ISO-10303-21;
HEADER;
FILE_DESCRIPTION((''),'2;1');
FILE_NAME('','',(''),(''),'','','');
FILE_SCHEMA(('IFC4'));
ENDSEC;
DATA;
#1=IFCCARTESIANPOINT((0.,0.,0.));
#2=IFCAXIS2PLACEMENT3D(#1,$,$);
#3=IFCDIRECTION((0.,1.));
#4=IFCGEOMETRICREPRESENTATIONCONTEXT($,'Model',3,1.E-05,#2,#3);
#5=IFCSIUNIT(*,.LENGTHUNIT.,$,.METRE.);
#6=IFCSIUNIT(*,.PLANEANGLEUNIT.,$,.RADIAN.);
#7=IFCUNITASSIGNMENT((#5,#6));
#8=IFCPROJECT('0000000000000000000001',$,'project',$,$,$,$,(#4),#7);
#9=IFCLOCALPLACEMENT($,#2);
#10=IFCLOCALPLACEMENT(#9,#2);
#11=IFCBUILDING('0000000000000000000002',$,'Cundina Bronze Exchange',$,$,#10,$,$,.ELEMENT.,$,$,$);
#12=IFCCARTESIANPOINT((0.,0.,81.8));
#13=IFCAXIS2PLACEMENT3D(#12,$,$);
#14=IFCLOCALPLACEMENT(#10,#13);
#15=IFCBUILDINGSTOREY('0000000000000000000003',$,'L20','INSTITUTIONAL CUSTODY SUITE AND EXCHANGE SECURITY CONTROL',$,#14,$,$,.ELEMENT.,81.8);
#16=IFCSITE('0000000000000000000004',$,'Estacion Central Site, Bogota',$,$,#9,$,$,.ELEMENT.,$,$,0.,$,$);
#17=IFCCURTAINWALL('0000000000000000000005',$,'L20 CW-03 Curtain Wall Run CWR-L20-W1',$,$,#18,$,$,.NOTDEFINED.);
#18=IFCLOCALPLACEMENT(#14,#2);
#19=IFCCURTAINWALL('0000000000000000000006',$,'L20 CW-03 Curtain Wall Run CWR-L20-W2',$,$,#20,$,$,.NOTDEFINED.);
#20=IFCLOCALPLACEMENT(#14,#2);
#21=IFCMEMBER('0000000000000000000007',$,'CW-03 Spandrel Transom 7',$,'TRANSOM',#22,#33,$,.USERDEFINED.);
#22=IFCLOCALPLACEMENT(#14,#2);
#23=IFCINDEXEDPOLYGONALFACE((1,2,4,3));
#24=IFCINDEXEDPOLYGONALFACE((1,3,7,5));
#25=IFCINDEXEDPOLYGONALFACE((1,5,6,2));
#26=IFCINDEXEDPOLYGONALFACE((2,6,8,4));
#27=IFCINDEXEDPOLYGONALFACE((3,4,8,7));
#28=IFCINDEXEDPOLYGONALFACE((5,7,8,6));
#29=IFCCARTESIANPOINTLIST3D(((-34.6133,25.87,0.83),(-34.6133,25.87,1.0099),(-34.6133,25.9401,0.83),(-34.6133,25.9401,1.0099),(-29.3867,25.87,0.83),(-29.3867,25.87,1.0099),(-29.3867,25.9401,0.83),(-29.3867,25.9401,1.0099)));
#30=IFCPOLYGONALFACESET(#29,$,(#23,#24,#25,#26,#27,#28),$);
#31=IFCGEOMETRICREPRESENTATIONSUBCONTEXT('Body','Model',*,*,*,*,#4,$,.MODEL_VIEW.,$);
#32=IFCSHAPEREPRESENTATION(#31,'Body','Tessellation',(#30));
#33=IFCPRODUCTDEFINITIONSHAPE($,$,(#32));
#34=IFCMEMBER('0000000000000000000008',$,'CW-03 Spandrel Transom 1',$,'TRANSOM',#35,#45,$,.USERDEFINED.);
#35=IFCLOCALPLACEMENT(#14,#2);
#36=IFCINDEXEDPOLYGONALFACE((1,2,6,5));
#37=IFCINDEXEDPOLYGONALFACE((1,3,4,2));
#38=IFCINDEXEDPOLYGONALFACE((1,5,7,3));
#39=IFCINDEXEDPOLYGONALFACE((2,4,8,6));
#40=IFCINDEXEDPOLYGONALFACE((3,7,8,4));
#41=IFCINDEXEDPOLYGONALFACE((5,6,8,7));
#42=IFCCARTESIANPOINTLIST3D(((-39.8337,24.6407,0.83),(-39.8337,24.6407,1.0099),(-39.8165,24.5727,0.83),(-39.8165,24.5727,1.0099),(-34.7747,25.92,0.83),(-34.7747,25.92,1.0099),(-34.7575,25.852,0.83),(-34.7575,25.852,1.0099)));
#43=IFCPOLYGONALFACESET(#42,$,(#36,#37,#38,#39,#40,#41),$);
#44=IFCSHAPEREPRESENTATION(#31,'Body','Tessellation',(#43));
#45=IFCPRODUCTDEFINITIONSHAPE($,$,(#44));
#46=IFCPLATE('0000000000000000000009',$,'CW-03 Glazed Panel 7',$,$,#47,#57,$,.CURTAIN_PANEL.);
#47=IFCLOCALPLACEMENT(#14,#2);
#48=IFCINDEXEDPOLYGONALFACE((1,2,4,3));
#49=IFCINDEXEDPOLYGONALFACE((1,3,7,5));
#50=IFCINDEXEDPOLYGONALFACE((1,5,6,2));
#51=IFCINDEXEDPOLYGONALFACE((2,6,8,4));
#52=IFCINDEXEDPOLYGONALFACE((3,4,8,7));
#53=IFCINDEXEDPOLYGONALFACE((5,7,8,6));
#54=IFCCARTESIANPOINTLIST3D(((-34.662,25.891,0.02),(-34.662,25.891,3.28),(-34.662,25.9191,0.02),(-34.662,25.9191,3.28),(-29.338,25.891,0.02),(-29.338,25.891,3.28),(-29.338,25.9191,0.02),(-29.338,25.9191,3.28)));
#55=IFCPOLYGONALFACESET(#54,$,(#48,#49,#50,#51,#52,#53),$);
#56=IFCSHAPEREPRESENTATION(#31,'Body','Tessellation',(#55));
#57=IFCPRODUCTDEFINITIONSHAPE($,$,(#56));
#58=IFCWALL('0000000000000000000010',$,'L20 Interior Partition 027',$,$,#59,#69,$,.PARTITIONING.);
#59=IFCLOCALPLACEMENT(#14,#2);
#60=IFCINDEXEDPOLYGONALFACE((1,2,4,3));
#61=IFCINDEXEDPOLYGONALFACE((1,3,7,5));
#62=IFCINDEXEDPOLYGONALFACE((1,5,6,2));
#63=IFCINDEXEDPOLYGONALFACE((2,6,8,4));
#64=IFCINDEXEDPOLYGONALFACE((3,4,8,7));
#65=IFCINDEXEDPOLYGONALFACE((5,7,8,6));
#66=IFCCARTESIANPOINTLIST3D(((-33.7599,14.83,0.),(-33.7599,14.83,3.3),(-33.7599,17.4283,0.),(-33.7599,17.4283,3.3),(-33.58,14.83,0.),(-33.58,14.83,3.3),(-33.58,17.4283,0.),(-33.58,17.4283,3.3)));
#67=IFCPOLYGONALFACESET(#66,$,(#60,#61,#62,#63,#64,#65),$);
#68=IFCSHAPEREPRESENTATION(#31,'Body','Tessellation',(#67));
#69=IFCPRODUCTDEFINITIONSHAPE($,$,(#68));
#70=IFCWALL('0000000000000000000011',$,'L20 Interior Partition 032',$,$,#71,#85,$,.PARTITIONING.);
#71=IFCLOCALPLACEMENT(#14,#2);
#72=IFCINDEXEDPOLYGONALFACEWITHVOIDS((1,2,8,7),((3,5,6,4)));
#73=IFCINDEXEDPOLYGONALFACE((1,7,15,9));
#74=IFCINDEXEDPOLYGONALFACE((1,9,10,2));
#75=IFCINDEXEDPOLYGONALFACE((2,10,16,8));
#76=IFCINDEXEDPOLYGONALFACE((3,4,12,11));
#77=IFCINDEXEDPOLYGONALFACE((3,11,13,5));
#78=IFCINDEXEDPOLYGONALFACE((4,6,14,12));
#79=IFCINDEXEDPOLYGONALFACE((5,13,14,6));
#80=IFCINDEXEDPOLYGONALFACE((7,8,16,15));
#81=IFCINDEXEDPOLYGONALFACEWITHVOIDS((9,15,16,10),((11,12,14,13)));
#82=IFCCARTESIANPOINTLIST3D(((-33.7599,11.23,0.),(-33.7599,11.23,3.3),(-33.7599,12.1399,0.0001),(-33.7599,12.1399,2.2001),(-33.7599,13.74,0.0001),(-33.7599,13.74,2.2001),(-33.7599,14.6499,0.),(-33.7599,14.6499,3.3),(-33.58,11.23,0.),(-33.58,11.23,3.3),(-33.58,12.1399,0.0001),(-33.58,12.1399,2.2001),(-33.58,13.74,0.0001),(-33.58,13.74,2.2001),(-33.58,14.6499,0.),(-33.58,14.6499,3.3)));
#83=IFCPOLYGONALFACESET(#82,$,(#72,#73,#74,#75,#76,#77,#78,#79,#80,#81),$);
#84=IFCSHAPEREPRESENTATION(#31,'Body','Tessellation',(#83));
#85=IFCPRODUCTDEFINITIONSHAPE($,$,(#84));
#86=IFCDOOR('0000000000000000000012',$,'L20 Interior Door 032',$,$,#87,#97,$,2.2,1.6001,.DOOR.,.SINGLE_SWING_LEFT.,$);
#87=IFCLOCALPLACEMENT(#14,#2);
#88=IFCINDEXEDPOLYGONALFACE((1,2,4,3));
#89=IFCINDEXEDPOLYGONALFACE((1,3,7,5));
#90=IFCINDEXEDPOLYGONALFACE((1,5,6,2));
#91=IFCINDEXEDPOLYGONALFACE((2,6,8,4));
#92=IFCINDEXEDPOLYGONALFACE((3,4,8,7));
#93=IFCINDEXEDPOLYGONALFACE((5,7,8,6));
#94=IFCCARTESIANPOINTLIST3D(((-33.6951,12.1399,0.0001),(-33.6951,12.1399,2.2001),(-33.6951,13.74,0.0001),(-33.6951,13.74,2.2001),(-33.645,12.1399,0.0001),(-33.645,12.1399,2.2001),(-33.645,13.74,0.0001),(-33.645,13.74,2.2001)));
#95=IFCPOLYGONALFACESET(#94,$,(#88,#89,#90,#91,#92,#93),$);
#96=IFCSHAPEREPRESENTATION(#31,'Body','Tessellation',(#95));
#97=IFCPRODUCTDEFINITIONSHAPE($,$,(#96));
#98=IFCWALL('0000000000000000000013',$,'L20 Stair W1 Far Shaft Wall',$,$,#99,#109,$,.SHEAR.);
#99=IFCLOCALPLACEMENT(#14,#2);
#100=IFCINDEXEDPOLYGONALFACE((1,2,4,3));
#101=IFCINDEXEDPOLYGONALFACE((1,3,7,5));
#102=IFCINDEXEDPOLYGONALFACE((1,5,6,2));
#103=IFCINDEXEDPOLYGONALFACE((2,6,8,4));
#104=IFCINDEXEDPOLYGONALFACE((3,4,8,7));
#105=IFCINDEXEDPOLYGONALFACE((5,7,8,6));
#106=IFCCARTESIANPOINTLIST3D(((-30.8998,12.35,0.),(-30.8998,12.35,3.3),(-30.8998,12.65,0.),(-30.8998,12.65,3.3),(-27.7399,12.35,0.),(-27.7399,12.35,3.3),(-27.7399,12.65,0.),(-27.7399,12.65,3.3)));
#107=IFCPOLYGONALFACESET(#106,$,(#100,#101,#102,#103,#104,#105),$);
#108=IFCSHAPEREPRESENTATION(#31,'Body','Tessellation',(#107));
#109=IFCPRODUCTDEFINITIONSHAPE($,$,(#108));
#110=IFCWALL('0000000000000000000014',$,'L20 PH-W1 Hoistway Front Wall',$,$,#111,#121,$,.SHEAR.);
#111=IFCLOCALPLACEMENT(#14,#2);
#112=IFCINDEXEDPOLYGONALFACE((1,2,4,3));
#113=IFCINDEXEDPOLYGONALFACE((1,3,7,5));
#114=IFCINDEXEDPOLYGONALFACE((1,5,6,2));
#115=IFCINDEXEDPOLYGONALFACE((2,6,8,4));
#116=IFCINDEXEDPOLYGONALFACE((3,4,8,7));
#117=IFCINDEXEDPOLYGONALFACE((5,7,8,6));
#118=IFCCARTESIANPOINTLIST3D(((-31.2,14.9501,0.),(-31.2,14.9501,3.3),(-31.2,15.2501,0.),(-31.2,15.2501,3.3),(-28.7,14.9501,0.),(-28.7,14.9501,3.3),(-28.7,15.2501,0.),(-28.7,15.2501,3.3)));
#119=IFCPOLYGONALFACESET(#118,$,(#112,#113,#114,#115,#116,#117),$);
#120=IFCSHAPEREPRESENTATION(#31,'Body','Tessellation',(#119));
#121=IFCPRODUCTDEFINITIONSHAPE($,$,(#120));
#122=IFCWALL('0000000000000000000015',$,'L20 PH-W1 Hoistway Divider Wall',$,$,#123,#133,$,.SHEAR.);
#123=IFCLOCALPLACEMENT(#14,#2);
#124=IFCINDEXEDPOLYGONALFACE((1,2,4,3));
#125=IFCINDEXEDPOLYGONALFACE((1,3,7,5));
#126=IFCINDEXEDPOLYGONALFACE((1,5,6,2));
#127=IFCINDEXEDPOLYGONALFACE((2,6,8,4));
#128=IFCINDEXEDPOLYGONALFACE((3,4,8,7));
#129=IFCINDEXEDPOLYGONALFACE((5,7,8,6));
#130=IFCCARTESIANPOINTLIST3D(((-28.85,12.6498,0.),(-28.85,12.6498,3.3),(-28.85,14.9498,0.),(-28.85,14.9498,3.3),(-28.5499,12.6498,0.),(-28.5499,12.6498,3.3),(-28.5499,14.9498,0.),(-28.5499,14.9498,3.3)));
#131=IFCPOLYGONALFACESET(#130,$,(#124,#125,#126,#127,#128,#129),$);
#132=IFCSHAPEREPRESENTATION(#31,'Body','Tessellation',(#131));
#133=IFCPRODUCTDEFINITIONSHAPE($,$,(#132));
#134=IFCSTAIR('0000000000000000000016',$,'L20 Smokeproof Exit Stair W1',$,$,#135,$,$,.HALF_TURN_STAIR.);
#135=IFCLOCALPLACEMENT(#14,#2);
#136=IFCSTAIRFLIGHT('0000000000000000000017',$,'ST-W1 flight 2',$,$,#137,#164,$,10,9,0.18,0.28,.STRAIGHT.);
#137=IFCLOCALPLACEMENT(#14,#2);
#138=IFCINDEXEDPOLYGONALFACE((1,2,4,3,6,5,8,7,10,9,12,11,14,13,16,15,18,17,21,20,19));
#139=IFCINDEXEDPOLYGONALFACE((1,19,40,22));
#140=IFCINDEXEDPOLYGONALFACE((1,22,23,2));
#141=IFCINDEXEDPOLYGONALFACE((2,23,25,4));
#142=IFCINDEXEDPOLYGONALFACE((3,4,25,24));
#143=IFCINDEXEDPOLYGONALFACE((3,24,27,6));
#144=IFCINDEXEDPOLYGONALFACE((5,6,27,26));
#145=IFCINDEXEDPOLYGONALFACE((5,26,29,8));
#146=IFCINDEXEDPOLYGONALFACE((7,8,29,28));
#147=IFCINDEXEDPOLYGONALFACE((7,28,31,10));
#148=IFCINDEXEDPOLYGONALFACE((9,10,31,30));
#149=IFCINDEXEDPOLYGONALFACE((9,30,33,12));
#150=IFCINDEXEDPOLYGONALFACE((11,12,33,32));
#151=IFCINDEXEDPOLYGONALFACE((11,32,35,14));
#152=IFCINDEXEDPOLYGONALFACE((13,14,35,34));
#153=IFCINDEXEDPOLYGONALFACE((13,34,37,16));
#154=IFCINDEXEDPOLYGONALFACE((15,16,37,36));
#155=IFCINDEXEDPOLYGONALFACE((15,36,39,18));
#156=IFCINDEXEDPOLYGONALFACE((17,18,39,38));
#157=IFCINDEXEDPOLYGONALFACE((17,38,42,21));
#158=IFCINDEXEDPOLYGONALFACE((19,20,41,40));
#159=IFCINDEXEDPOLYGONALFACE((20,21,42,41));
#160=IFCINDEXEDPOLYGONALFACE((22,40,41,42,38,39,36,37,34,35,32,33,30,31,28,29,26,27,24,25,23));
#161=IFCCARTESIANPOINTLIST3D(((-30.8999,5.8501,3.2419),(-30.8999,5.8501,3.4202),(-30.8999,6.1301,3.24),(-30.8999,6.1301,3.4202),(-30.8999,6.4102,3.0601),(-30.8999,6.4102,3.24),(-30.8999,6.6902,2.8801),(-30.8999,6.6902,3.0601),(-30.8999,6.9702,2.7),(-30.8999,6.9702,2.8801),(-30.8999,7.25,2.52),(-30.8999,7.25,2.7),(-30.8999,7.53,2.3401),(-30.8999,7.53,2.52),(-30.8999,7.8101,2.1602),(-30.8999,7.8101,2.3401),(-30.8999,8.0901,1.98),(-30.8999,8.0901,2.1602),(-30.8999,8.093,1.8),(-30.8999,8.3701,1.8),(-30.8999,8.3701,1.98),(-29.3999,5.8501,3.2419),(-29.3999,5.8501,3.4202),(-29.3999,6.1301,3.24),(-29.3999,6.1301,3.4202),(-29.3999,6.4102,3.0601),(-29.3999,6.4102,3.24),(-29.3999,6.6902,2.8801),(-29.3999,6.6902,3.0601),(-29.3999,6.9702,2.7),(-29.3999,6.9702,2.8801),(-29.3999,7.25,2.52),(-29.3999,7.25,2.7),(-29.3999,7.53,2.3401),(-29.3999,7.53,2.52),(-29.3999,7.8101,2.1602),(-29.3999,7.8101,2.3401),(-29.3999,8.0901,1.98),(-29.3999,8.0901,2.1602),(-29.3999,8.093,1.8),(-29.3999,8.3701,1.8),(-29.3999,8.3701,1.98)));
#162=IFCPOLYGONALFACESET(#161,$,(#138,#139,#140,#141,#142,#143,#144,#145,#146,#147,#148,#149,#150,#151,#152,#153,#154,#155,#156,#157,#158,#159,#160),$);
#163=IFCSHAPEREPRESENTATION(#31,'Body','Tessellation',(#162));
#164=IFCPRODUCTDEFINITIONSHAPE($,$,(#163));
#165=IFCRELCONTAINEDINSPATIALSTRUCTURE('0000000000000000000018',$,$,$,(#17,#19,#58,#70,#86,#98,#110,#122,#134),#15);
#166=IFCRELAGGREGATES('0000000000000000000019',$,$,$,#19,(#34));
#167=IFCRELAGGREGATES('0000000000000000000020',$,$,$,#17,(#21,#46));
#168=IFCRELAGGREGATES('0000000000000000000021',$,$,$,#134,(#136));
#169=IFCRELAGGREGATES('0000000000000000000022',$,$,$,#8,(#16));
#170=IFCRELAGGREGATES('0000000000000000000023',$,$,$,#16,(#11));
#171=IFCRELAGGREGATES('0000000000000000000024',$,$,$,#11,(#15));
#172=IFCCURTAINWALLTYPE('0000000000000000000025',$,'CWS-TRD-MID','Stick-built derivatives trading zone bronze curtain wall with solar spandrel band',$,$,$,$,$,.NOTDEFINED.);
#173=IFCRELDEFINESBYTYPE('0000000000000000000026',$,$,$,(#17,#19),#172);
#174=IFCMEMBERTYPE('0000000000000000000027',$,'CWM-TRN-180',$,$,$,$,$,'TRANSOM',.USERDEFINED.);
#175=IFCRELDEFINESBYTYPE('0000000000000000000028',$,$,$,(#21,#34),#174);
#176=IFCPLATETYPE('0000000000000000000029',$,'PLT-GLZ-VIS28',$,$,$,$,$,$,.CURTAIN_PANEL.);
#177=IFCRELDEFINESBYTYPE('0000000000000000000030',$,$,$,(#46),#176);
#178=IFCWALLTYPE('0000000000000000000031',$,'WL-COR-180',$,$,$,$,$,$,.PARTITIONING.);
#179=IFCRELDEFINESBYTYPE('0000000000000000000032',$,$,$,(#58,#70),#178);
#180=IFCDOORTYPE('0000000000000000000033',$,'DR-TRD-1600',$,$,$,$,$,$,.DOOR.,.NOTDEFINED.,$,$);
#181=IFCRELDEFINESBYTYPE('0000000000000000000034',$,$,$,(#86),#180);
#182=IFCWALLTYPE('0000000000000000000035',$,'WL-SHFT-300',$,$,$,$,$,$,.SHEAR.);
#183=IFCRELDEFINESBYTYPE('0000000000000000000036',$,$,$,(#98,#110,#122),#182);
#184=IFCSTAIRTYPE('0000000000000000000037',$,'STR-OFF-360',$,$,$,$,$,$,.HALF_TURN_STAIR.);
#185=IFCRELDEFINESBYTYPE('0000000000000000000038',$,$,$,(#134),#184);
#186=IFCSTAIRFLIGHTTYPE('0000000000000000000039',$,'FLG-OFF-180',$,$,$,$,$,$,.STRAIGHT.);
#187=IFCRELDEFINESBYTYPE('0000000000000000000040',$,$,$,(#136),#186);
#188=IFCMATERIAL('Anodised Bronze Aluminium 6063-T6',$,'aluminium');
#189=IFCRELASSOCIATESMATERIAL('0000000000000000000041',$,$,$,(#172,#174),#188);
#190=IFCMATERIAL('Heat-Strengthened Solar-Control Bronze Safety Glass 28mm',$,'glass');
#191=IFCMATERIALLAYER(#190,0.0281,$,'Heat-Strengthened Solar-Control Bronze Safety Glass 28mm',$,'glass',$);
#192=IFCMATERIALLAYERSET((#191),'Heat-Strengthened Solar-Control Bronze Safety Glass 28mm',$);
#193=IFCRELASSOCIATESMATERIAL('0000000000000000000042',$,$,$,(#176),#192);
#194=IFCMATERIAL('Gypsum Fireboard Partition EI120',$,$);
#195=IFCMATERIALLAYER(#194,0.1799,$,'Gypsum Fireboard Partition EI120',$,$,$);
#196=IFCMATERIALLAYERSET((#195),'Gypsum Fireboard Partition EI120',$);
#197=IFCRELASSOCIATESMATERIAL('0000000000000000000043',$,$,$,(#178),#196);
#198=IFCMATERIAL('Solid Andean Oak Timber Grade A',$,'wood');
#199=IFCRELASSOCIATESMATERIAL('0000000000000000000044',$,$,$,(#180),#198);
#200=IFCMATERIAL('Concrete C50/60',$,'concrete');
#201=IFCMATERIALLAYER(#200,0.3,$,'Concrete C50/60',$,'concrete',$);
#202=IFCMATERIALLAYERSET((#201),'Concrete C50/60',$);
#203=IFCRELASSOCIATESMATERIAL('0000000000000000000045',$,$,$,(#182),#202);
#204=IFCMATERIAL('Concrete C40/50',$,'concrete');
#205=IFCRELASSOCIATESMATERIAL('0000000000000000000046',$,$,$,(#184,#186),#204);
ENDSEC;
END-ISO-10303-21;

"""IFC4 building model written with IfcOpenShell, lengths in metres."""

from ifc_helpers import new_model, si_unit, direction, frame, frame_2d, origin, origin_2d, place, context, subcontext, project, spatial, polyline, rectangle, outline, extrude, material, layer, layer_set, material_profile, profile_set, type_object, element, fill, aggregate, save


model = new_model("IFC4")

# Units and contexts
model_context = context("Model", 3, precision=1e-05, world=origin(), true_north=direction((0.0, 1.0)))
body_context = subcontext(model_context, "Body", "Model", "MODEL_VIEW")
ifc_project = project(units=[si_unit("LENGTHUNIT", "METRE"), si_unit("PLANEANGLEUNIT", "RADIAN")], contexts=[model_context])

# Site, building, storey
site_placement = place(None, origin())
site = spatial("IfcSite", under=ifc_project, at=site_placement, Name="Estacion Central Site, Bogota", CompositionType="ELEMENT", RefElevation=0.0)
building_placement = place(site_placement, origin())
building = spatial("IfcBuilding", under=site, at=building_placement, Name="Cundina Bronze Exchange", CompositionType="ELEMENT")
storey_placement = place(building_placement, frame((0.0, 0.0, 81.8)))
storey = spatial("IfcBuildingStorey", under=building, at=storey_placement, Name="L20", Description="INSTITUTIONAL CUSTODY SUITE AND EXCHANGE SECURITY CONTROL", CompositionType="ELEMENT", Elevation=81.8)

# Curtain wall
ifc_material_1 = material(Name="Anodised Bronze Aluminium 6063-T6", Category="aluminium")
curtain_wall_type = type_object("IfcCurtainWallType", Name="CWS-TRD-MID", Description="Stick-built derivatives trading zone bronze curtain wall with solar spandrel band", PredefinedType="NOTDEFINED", material=ifc_material_1)
curtain_wall_1_placement = place(storey_placement, origin())
curtain_wall_1 = element("IfcCurtainWall", 1, at=curtain_wall_1_placement, inside=storey, type_object=curtain_wall_type, Name="L20 CW-03 Curtain Wall Run CWR-L20-W1", PredefinedType="NOTDEFINED")

# Curtain wall
curtain_wall_2_placement = place(storey_placement, origin())
curtain_wall_2 = element("IfcCurtainWall", 2, at=curtain_wall_2_placement, inside=storey, type_object=curtain_wall_type, Name="L20 CW-03 Curtain Wall Run CWR-L20-W2", PredefinedType="NOTDEFINED")

# Members
ifc_material_profile_1 = material_profile(ifc_material_1, rectangle(XDim=0.0701, YDim=0.1799, at=origin_2d()), Name="AL70X180", Category="aluminium")
ifc_profile_set_1 = profile_set([ifc_material_profile_1], Name="Anodised Bronze Aluminium 6063-T6")
member_type_1 = type_object("IfcMemberType", Name="CWM-TRN-180", ElementType="TRANSOM", PredefinedType="USERDEFINED", material=ifc_profile_set_1)
member_1_placement = place(storey_placement, frame((-29.3867, 25.905, 0.9199), z_axis=(-1.0, 0.0, 0.0), x_axis=(0.0, -1.0, 0.0)))
member_1 = element("IfcMember", 3, at=member_1_placement, type_object=member_type_1, Name="CW-03 Spandrel Transom 7", ObjectType="TRANSOM", PredefinedType="USERDEFINED", context=body_context, shape_type="SweptSolid", body=[
    extrude(rectangle(XDim=0.0701, YDim=0.1799, at=origin_2d()), origin(), (0.0, 0.0, 1.0), 5.2266),
])
member_2_placement = place(storey_placement, frame((-34.7661, 25.886, 0.9199), z_axis=(-0.969484, -0.245155, 0.0), x_axis=(0.245155, -0.969484, 0.0)))
member_2 = element("IfcMember", 4, at=member_2_placement, type_object=member_type_1, Name="CW-03 Spandrel Transom 1", ObjectType="TRANSOM", PredefinedType="USERDEFINED", context=body_context, shape_type="SweptSolid", body=[
    extrude(rectangle(XDim=0.0701, YDim=0.1799, at=origin_2d()), origin(), (0.0, 0.0, 1.0), 5.2183),
])
aggregate(curtain_wall_2, [member_2])

# Plate
ifc_material_2 = material(Name="Heat-Strengthened Solar-Control Bronze Safety Glass 28mm", Category="glass")
ifc_layer_1 = layer(ifc_material_2, 0.0281, Name="Heat-Strengthened Solar-Control Bronze Safety Glass 28mm", Category="glass")
ifc_layer_set_1 = layer_set([ifc_layer_1], Name="Heat-Strengthened Solar-Control Bronze Safety Glass 28mm")
plate_type = type_object("IfcPlateType", Name="PLT-GLZ-VIS28", PredefinedType="CURTAIN_PANEL", material=ifc_layer_set_1)
plate_placement = place(storey_placement, frame((-32.0, 25.905, 0.02), z_axis=(0.0, 0.0, 1.0), x_axis=(-1.0, 0.0, 0.0)))
plate = element("IfcPlate", 5, at=plate_placement, type_object=plate_type, Name="CW-03 Glazed Panel 7", PredefinedType="CURTAIN_PANEL", context=body_context, shape_type="SweptSolid", body=[
    extrude(rectangle(XDim=5.324, YDim=0.0281, at=origin_2d()), origin(), (0.0, 0.0, 1.0), 3.26),
])
aggregate(curtain_wall_1, [member_1, plate])

# Shared definitions
ifc_material_3 = material(Name="Gypsum Fireboard Partition EI120")
ifc_layer_2 = layer(ifc_material_3, 0.1799, Name="Gypsum Fireboard Partition EI120")
ifc_layer_set_2 = layer_set([ifc_layer_2], Name="Gypsum Fireboard Partition EI120")
wall_type_1 = type_object("IfcWallType", Name="WL-COR-180", PredefinedType="PARTITIONING", material=ifc_layer_set_2)
ifc_material_4 = material(Name="Solid Andean Oak Timber Grade A", Category="wood")

# Wall
wall_1_placement = place(storey_placement, frame((-33.6699, 17.4285, 0.0), z_axis=(0.0, 0.0, 1.0), x_axis=(0.0, -1.0, 0.0)))
element("IfcWall", 6, at=wall_1_placement, inside=storey, type_object=wall_type_1, Name="L20 Interior Partition 027", PredefinedType="PARTITIONING", context=body_context, shape_type="SweptSolid", body=[
    extrude(rectangle(XDim=2.5984, YDim=0.1799, at=frame_2d((1.2993, 0.0))), origin(), (0.0, 0.0, 1.0), 3.3),
])

# Wall, opening, door
wall_2_placement = place(storey_placement, frame((-33.6699, 14.6499, 0.0), z_axis=(0.0, 0.0, 1.0), x_axis=(0.0, -1.0, 0.0)))
wall_2 = element("IfcWall", 7, at=wall_2_placement, inside=storey, type_object=wall_type_1, Name="L20 Interior Partition 032", PredefinedType="PARTITIONING", context=body_context, shape_type="SweptSolid", body=[
    extrude(rectangle(XDim=3.4199, YDim=0.1799, at=frame_2d((1.71, 0.0))), origin(), (0.0, 0.0, 1.0), 3.3),
])
opening_1_placement = place(wall_2_placement, frame((0.9099, 0.0, 0.0)))
opening_1 = element("IfcOpeningElement", 8, at=opening_1_placement, cuts=wall_2, PredefinedType="OPENING", context=body_context, shape_type="SweptSolid", body=[
    extrude(rectangle(XDim=1.6001, YDim=2.2, at=frame_2d((0.8, 1.1001))), frame((0.0, 0.0999, 0.0), z_axis=(0.0, -1.0, 0.0), x_axis=(1.0, 0.0, 0.0)), (0.0, 0.0, 1.0), 0.2),
])
door_type_1 = type_object("IfcDoorType", Name="DR-TRD-1600", OperationType="NOTDEFINED", PredefinedType="DOOR", material=ifc_material_4)
door_1_placement = place(opening_1_placement, origin())
door_1 = element("IfcDoor", 9, at=door_1_placement, inside=storey, type_object=door_type_1, Name="L20 Interior Door 032", OperationType="SINGLE_SWING_LEFT", OverallHeight=2.2, OverallWidth=1.6001, PredefinedType="DOOR", context=body_context, shape_type="SweptSolid", body=[
    extrude(rectangle(XDim=1.6001, YDim=2.2, at=frame_2d((0.8, 1.1001))), frame((0.0, 0.0249, 0.0), z_axis=(0.0, -1.0, 0.0), x_axis=(1.0, 0.0, 0.0)), (0.0, 0.0, 1.0), 0.05),
])
fill(opening_1, door_1)
ifc_material_5 = material(Name="Concrete C50/60", Category="concrete")
ifc_layer_3 = layer(ifc_material_5, 0.3, Name="Concrete C50/60", Category="concrete")
ifc_layer_set_3 = layer_set([ifc_layer_3], Name="Concrete C50/60")
wall_type_2 = type_object("IfcWallType", Name="WL-SHFT-300", PredefinedType="SHEAR", material=ifc_layer_set_3)

# Walls
wall_3_placement = place(storey_placement, frame((-30.8999, 12.5, 0.0), z_axis=(0.0, 0.0, 1.0), x_axis=(1.0, 0.0, 0.0)))
element("IfcWall", 10, at=wall_3_placement, inside=storey, type_object=wall_type_2, Name="L20 Stair W1 Far Shaft Wall", PredefinedType="SHEAR", context=body_context, shape_type="SweptSolid", body=[
    extrude(rectangle(XDim=3.1599, YDim=0.3, at=frame_2d((1.5801, 0.0))), origin(), (0.0, 0.0, 1.0), 3.3),
])
wall_4_placement = place(storey_placement, frame((-31.2, 15.1001, 0.0), z_axis=(0.0, 0.0, 1.0), x_axis=(1.0, 0.0, 0.0)))
element("IfcWall", 11, at=wall_4_placement, inside=storey, type_object=wall_type_2, Name="L20 PH-W1 Hoistway Front Wall", PredefinedType="SHEAR", context=body_context, shape_type="SweptSolid", body=[
    extrude(rectangle(XDim=2.5, YDim=0.3, at=frame_2d((1.25, 0.0))), origin(), (0.0, 0.0, 1.0), 3.3),
])
wall_5_placement = place(storey_placement, frame((-28.7, 12.6499, 0.0), z_axis=(0.0, 0.0, 1.0), x_axis=(0.0, 1.0, 0.0)))
element("IfcWall", 12, at=wall_5_placement, inside=storey, type_object=wall_type_2, Name="L20 PH-W1 Hoistway Divider Wall", PredefinedType="SHEAR", context=body_context, shape_type="SweptSolid", body=[
    extrude(rectangle(XDim=2.3, YDim=0.3, at=frame_2d((1.1499, 0.0))), origin(), (0.0, 0.0, 1.0), 3.3),
])

# Stair, stair flight
ifc_material_6 = material(Name="Concrete C40/50", Category="concrete")
stair_type = type_object("IfcStairType", Name="STR-OFF-360", PredefinedType="HALF_TURN_STAIR", material=ifc_material_6)
stair_placement = place(storey_placement, origin())
stair = element("IfcStair", 13, at=stair_placement, inside=storey, type_object=stair_type, Name="L20 Smokeproof Exit Stair W1", PredefinedType="HALF_TURN_STAIR")
stair_flight_type = type_object("IfcStairFlightType", Name="FLG-OFF-180", PredefinedType="STRAIGHT", material=ifc_material_6)
stair_flight_placement = place(storey_placement, frame((-30.1499, 8.3701, 1.8), z_axis=(0.0, 0.0, 1.0), x_axis=(0.0, -1.0, 0.0)))
stair_flight = element("IfcStairFlight", 14, at=stair_flight_placement, type_object=stair_flight_type, Name="ST-W1 flight 2", NumberOfRisers=10, NumberOfTreads=9, PredefinedType="STRAIGHT", RiserHeight=0.18, TreadLength=0.28, context=body_context, shape_type="SweptSolid", body=[
    extrude(outline(polyline([(0.0, 0.0), (0.0, 0.1799), (0.28, 0.1799), (0.28, 0.3601), (0.5601, 0.3601), (0.5601, 0.54), (0.8401, 0.54), (0.8401, 0.72), (1.1201, 0.72), (1.1201, 0.8999), (1.3999, 0.8999), (1.3999, 1.0801), (1.6799, 1.0801), (1.6799, 1.26), (1.96, 1.26), (1.96, 1.4399), (2.24, 1.4399), (2.24, 1.6201), (2.52, 1.6201), (2.52, 1.8), (2.52, 1.4419), (0.2771, 0.0), (0.0, 0.0)])), frame((0.0, 0.75, 0.0), z_axis=(0.0, -1.0, 0.0), x_axis=(1.0, 0.0, 0.0)), (0.0, 0.0, 1.0), 1.5),
])
aggregate(stair, [stair_flight])

save(model, "model.ifc")
